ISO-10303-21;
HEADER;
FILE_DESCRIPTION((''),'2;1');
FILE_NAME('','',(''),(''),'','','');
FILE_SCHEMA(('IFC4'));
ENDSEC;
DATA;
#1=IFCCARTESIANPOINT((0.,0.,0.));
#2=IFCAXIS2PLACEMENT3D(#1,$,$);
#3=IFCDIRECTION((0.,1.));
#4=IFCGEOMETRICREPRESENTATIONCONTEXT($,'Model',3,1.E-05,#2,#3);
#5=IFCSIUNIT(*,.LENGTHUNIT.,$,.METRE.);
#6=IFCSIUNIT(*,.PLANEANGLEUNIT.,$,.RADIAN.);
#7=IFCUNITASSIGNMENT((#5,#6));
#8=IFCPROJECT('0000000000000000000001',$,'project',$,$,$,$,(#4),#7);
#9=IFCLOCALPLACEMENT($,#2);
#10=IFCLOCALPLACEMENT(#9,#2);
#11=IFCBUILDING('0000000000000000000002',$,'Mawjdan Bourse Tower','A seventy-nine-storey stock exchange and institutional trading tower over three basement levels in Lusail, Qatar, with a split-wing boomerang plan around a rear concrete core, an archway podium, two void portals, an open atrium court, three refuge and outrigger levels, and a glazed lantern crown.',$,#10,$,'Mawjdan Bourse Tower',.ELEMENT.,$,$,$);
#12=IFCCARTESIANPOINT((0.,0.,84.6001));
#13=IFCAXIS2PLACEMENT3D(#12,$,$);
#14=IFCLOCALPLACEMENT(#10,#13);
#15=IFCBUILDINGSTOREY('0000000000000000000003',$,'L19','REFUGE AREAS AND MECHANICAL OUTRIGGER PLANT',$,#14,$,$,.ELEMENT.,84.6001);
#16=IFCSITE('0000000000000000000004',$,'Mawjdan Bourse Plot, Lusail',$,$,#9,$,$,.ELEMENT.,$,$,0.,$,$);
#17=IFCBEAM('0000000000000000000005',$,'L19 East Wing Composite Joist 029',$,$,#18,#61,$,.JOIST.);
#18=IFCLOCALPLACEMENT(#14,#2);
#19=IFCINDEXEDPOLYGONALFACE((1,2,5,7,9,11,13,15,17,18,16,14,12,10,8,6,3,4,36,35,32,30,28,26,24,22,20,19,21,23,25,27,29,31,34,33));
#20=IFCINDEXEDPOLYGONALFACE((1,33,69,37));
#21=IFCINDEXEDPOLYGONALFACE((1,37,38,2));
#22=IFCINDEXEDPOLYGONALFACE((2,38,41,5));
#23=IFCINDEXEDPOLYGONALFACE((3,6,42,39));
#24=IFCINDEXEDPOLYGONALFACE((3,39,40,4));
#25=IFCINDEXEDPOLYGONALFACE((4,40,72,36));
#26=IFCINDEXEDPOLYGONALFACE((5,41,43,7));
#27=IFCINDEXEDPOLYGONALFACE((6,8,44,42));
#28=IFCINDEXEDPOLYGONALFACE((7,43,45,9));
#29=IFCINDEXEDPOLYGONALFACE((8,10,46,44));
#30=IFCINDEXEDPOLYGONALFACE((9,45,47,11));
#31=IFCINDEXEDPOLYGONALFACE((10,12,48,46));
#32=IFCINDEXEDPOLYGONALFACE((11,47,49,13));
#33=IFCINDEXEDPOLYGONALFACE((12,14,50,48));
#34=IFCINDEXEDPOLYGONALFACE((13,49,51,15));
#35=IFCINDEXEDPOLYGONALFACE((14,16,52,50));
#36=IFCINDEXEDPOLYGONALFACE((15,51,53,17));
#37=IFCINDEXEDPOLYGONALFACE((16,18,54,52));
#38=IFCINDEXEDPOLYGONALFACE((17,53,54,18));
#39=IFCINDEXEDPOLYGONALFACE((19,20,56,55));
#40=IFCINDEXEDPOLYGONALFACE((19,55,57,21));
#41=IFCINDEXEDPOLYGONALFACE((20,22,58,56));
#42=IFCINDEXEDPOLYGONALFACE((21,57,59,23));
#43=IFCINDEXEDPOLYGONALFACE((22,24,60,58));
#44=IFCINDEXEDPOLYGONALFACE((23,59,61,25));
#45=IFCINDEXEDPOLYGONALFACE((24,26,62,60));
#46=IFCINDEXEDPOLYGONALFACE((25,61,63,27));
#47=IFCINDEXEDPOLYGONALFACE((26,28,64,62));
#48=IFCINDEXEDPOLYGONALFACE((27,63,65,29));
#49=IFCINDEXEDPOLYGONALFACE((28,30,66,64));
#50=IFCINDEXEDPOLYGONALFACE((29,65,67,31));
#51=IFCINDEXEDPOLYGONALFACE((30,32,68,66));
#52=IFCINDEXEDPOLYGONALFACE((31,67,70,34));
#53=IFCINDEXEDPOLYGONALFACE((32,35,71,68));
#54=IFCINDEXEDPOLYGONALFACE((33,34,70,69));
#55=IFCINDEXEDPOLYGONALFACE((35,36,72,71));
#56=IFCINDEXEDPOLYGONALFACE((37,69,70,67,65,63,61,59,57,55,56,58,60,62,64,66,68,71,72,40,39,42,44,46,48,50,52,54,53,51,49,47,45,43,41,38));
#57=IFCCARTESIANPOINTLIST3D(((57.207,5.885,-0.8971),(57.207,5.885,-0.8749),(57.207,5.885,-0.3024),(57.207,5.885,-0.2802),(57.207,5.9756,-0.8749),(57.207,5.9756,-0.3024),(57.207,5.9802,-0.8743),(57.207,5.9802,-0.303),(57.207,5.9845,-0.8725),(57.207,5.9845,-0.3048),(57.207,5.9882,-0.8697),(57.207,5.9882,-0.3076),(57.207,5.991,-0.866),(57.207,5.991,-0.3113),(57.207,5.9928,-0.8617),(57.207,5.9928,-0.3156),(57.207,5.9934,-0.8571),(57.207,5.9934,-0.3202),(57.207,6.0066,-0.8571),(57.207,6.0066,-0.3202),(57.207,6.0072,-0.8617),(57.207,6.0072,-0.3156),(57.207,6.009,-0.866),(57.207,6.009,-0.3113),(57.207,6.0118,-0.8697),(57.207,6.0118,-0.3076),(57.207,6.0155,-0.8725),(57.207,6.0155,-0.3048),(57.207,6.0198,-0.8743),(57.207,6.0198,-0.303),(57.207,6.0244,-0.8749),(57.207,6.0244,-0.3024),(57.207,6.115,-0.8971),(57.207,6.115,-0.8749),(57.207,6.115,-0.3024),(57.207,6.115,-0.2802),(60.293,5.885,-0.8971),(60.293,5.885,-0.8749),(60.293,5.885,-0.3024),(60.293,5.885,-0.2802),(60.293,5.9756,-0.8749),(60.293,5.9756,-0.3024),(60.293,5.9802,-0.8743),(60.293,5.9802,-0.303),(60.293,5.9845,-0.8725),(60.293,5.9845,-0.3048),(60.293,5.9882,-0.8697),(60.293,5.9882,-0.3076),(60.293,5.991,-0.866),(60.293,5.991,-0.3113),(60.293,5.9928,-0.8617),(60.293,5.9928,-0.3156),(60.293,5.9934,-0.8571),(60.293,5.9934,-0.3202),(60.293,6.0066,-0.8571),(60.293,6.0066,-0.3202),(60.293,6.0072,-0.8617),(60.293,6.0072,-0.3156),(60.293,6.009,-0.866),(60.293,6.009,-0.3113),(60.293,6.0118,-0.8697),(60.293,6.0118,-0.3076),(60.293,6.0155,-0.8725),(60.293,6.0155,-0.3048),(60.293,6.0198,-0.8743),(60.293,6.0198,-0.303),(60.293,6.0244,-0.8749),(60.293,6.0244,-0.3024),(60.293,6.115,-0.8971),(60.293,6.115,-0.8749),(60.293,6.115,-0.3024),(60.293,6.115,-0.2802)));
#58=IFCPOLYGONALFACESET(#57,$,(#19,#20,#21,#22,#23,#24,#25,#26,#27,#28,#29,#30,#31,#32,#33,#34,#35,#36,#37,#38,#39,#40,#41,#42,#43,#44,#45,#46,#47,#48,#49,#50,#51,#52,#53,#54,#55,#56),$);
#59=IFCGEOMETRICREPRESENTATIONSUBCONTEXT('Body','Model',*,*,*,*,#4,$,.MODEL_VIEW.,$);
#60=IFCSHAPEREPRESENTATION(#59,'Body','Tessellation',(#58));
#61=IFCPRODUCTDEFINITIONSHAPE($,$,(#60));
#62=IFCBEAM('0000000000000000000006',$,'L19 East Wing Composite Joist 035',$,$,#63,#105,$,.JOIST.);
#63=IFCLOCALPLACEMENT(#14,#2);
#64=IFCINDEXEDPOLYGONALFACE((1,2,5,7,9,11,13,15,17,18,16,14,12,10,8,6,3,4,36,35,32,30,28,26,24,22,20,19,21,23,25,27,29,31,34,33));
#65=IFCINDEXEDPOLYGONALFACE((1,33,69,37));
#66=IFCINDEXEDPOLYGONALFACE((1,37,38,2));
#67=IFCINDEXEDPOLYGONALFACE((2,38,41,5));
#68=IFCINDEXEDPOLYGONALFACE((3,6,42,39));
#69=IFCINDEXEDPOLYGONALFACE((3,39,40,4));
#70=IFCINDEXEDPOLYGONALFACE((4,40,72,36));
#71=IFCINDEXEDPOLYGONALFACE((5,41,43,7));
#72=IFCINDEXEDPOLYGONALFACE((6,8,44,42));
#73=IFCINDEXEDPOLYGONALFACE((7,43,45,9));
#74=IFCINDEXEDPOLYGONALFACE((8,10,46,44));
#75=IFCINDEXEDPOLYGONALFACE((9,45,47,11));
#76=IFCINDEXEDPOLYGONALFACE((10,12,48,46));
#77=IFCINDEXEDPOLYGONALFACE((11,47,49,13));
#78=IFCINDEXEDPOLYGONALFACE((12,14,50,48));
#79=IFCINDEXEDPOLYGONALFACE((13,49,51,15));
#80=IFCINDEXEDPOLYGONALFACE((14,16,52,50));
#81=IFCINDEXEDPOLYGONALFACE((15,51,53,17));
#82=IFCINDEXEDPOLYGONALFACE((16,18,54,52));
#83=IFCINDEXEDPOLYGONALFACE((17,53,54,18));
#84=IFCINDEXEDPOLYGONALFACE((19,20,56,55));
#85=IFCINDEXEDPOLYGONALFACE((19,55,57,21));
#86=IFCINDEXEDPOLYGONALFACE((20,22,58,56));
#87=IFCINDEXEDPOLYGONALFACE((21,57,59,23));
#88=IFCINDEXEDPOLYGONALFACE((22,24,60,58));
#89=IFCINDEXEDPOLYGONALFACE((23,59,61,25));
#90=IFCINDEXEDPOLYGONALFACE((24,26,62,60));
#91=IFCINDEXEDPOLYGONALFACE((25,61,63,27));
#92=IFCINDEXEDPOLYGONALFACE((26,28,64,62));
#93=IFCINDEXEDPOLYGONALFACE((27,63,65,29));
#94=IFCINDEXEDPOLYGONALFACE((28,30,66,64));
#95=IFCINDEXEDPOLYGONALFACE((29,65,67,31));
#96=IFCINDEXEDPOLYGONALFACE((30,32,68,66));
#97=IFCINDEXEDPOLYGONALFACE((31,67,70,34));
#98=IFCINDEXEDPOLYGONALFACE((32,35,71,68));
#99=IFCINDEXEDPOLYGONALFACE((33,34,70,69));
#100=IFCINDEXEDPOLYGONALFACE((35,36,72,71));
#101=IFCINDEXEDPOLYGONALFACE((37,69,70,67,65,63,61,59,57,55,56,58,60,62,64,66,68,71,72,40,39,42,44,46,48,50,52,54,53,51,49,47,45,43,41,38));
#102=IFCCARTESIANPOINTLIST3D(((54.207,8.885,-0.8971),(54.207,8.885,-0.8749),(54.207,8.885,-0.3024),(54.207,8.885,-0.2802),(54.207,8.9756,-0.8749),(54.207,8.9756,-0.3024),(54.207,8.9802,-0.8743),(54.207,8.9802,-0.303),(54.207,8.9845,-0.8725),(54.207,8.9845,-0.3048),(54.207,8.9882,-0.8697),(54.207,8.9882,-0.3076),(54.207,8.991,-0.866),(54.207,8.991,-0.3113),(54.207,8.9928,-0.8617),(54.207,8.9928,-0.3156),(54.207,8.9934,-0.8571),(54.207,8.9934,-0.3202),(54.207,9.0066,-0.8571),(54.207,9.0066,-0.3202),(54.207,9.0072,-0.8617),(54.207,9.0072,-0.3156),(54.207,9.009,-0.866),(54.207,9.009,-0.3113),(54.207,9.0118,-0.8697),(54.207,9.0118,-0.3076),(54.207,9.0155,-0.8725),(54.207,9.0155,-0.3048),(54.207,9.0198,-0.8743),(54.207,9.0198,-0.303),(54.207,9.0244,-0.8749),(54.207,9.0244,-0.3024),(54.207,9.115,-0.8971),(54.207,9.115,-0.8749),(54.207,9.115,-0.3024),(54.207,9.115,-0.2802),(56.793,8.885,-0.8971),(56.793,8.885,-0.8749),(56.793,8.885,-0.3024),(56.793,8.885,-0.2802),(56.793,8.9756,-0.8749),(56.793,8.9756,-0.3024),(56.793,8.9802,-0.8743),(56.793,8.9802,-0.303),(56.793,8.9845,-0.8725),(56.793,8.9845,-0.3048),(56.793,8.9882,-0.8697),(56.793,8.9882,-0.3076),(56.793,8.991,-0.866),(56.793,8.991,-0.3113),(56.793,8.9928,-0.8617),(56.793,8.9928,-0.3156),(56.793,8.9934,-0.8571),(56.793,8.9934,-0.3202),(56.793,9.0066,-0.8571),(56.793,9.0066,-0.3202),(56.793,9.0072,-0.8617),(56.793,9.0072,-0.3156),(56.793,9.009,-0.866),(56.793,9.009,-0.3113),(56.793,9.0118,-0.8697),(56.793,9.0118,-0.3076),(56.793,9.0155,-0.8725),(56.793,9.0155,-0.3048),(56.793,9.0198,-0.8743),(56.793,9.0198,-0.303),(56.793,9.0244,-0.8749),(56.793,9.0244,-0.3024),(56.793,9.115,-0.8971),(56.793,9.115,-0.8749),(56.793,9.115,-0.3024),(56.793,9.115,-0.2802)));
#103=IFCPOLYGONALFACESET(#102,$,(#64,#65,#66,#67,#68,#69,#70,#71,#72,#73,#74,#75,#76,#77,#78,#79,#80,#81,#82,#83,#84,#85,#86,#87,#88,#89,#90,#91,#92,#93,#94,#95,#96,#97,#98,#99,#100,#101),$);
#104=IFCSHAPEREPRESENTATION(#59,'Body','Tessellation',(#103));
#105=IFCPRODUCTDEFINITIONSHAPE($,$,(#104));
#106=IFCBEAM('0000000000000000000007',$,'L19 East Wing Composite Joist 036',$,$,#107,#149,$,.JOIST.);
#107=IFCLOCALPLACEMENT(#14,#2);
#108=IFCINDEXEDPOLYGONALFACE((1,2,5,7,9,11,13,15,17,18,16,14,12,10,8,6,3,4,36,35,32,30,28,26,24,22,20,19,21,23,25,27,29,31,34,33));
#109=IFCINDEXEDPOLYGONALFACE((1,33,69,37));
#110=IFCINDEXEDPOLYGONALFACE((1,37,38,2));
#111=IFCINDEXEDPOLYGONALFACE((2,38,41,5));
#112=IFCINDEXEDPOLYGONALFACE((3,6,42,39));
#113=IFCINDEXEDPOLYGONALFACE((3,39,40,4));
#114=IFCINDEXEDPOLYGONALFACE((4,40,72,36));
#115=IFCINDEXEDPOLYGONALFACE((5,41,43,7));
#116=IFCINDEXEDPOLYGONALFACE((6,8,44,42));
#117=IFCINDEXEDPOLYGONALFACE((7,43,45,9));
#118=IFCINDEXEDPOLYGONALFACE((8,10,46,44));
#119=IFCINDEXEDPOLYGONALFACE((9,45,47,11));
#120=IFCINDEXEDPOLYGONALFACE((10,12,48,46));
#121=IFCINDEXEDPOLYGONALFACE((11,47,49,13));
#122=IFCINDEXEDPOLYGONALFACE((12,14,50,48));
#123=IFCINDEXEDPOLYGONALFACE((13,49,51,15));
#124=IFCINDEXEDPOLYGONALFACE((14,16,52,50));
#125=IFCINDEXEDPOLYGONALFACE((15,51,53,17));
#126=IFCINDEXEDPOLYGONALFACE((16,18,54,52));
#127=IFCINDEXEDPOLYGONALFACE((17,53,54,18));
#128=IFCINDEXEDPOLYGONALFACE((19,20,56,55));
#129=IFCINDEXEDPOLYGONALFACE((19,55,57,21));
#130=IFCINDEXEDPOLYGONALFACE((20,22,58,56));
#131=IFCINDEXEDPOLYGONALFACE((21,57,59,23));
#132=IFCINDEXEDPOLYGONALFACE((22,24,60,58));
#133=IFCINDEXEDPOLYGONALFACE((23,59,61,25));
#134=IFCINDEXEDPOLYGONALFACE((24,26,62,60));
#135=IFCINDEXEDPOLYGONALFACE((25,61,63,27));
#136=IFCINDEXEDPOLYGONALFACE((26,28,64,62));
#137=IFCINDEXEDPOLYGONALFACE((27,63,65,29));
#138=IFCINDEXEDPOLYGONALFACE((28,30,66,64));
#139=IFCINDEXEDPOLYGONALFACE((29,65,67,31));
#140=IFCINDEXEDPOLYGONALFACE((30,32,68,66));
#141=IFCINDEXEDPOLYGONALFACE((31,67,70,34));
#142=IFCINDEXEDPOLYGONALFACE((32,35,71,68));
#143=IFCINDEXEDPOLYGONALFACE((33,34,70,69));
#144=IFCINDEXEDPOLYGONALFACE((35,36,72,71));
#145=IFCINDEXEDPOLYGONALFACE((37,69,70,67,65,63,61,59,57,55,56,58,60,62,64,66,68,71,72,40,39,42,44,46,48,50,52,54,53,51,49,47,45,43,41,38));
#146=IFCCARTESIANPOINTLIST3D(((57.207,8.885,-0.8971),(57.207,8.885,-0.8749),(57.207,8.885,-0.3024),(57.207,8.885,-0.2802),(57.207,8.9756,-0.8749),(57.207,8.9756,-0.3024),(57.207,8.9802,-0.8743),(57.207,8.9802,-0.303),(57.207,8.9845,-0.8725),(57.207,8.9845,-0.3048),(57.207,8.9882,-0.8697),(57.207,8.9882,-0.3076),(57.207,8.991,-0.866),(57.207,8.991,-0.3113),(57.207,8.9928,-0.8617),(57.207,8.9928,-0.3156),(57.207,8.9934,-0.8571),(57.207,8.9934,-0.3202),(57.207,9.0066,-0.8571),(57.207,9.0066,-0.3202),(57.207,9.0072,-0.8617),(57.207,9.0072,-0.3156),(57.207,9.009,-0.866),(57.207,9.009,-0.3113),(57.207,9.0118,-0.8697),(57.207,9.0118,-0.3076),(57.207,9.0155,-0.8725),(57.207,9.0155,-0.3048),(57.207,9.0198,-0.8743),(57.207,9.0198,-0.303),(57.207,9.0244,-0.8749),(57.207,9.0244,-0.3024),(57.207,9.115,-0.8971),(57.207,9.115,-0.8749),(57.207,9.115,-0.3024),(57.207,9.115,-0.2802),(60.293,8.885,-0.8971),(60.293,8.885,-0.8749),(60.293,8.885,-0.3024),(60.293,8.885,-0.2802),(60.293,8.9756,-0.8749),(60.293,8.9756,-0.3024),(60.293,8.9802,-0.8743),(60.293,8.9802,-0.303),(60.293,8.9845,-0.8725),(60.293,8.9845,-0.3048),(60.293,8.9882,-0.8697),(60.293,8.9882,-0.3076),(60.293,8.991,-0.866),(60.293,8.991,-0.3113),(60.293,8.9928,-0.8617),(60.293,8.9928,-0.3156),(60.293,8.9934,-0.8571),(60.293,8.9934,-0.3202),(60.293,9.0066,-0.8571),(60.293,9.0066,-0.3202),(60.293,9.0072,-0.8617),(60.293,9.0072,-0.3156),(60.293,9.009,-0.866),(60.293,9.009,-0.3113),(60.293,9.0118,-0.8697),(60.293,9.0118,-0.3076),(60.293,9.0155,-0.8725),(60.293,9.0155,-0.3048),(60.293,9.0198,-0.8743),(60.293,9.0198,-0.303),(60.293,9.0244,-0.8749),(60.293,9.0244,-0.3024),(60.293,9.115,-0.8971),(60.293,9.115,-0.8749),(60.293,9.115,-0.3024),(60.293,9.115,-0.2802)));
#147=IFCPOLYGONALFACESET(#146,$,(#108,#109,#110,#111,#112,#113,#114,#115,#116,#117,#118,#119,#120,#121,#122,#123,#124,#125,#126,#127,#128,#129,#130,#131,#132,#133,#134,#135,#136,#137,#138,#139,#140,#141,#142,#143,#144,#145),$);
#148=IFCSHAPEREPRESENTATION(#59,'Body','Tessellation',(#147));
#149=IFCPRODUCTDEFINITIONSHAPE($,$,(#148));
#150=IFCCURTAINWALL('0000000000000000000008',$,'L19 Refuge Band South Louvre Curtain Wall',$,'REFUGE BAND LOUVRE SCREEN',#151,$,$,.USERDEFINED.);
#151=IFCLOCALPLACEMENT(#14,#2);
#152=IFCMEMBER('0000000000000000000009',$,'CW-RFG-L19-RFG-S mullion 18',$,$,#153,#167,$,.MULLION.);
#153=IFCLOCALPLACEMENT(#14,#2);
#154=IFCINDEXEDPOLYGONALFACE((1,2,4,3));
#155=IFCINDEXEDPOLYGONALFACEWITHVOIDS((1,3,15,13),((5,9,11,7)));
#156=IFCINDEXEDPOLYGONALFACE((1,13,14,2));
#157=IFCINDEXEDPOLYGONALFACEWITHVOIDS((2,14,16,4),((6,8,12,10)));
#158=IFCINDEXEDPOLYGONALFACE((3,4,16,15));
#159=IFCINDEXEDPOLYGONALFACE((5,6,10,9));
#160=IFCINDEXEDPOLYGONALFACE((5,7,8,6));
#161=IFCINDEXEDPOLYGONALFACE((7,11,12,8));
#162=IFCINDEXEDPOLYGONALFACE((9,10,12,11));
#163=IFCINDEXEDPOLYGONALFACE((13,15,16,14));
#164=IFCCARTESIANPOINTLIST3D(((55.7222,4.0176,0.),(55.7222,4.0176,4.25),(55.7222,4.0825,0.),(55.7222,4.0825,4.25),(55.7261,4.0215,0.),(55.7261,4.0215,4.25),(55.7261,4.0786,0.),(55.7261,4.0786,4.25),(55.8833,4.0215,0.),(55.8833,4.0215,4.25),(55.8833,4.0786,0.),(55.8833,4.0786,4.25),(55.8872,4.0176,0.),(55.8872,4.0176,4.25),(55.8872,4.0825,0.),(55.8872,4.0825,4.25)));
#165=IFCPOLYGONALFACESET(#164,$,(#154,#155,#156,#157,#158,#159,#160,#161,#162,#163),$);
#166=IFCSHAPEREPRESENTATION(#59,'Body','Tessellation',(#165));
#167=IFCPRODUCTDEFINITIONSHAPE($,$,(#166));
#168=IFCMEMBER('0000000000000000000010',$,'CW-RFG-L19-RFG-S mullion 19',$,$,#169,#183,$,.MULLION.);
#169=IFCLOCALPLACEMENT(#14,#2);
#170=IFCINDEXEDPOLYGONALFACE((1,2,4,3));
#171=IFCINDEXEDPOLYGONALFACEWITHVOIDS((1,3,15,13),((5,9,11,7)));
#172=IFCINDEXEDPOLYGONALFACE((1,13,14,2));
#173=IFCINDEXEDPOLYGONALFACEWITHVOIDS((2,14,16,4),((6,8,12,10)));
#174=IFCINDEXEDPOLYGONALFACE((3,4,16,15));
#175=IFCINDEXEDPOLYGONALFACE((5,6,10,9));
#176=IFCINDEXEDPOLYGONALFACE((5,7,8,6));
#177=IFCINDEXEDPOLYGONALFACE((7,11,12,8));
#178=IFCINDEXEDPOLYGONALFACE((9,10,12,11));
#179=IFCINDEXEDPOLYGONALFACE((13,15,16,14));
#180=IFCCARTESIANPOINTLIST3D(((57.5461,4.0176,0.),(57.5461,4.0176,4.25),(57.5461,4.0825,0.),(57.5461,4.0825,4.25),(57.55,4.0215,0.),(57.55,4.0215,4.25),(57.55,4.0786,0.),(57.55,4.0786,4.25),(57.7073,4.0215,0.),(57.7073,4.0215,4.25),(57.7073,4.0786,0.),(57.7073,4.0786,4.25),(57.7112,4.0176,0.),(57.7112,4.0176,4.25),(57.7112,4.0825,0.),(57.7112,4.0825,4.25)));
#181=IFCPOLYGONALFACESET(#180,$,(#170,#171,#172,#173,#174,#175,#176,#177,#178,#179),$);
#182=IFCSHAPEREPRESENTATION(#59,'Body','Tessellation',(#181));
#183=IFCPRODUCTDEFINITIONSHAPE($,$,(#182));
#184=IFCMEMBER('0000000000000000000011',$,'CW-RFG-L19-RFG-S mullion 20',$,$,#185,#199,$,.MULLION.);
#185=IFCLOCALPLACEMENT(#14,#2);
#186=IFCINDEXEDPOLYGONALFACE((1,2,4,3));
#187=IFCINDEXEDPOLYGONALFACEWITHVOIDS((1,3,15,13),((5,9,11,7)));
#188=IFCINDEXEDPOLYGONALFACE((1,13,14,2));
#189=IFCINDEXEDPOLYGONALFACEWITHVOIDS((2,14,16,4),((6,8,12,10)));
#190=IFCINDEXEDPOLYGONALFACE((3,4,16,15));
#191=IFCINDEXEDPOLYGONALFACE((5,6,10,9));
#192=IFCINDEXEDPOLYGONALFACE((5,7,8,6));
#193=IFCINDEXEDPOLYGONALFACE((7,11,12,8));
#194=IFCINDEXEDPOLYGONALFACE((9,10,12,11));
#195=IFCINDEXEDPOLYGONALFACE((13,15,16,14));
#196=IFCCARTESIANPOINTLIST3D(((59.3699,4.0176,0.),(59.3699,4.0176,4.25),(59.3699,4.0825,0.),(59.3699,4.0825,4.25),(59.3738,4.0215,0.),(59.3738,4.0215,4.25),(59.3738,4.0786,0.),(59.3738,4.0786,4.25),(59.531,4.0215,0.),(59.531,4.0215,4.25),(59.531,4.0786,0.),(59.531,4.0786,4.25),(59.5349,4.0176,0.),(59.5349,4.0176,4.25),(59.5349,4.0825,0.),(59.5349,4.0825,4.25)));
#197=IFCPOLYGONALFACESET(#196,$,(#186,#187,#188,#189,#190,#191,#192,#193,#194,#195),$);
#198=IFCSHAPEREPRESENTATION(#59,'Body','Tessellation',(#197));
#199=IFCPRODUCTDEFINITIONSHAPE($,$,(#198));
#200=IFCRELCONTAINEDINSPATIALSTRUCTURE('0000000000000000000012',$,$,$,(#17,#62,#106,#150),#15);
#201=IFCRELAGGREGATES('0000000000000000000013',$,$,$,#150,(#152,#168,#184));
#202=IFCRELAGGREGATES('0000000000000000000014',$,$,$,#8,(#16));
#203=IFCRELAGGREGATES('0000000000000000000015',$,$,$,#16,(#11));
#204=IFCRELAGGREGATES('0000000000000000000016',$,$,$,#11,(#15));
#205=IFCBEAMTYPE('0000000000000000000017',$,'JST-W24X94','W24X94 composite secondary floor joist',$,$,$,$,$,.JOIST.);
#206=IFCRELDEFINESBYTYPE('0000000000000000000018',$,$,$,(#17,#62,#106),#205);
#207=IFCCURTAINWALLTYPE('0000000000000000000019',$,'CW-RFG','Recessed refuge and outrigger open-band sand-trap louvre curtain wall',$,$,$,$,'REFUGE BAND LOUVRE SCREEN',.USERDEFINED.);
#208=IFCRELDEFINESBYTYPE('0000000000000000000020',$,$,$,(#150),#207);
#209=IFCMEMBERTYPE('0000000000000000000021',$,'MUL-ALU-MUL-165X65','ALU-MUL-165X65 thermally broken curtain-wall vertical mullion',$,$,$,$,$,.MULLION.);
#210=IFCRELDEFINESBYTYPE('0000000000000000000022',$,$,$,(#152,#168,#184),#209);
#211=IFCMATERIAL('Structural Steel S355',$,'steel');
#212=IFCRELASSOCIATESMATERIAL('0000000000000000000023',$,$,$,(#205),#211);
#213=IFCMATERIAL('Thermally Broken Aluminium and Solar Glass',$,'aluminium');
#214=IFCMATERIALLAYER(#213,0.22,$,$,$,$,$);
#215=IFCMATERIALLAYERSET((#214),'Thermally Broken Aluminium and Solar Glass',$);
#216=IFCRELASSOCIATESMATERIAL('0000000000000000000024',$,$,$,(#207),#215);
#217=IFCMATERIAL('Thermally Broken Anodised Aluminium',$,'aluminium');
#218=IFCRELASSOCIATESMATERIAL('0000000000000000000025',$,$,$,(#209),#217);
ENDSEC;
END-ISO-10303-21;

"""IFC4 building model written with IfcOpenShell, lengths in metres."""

from ifc_helpers import new_model, si_unit, direction, frame, origin, origin_2d, place, context, subcontext, project, spatial, hollow_rectangle, i_section, extrude, material, layer, layer_set, material_profile, profile_set, type_object, element, aggregate, save


model = new_model("IFC4")

# Units and contexts
model_context = context("Model", 3, precision=1e-05, world=origin(), true_north=direction((0.0, 1.0)))
body_context = subcontext(model_context, "Body", "Model", "MODEL_VIEW")
ifc_project = project(units=[si_unit("LENGTHUNIT", "METRE"), si_unit("PLANEANGLEUNIT", "RADIAN")], contexts=[model_context])

# Site, building, storey
site_placement = place(None, origin())
site = spatial("IfcSite", under=ifc_project, at=site_placement, Name="Mawjdan Bourse Plot, Lusail", CompositionType="ELEMENT", RefElevation=0.0)
building_placement = place(site_placement, origin())
building = spatial("IfcBuilding", under=site, at=building_placement, Name="Mawjdan Bourse Tower", Description="A seventy-nine-storey stock exchange and institutional trading tower over three basement levels in Lusail, Qatar, with a split-wing boomerang plan around a rear concrete core, an archway podium, two void portals, an open atrium court, three refuge and outrigger levels, and a glazed lantern crown.", LongName="Mawjdan Bourse Tower", CompositionType="ELEMENT")
storey_placement = place(building_placement, frame((0.0, 0.0, 84.6001)))
storey = spatial("IfcBuildingStorey", under=building, at=storey_placement, Name="L19", Description="REFUGE AREAS AND MECHANICAL OUTRIGGER PLANT", CompositionType="ELEMENT", Elevation=84.6001)

# Beams
ifc_material_1 = material(Name="Structural Steel S355", Category="steel")
ifc_material_profile_1 = material_profile(ifc_material_1, i_section(OverallWidth=0.23, OverallDepth=0.6169, WebThickness=0.0132, FlangeThickness=0.0222, FilletRadius=0.0178, at=origin_2d()), Name="W24X94")
ifc_profile_set_1 = profile_set([ifc_material_profile_1], Name="Structural Steel S355")
beam_type_1 = type_object("IfcBeamType", Name="JST-W24X94", Description="W24X94 composite secondary floor joist", PredefinedType="JOIST", material=ifc_profile_set_1)
beam_1_placement = place(storey_placement, frame((57.207, 6.0, -0.5886), z_axis=(1.0, 0.0, 0.0), x_axis=(0.0, 1.0, 0.0)))
element("IfcBeam", 1, at=beam_1_placement, inside=storey, type_object=beam_type_1, Name="L19 East Wing Composite Joist 029", PredefinedType="JOIST", context=body_context, shape_type="SweptSolid", body=[
    extrude(i_section(OverallWidth=0.23, OverallDepth=0.6169, WebThickness=0.0132, FlangeThickness=0.0222, FilletRadius=0.0178, at=origin_2d()), origin(), (0.0, 0.0, 1.0), 3.0859),
])
beam_2_placement = place(storey_placement, frame((54.207, 9.0, -0.5886), z_axis=(1.0, 0.0, 0.0), x_axis=(0.0, 1.0, 0.0)))
element("IfcBeam", 2, at=beam_2_placement, inside=storey, type_object=beam_type_1, Name="L19 East Wing Composite Joist 035", PredefinedType="JOIST", context=body_context, shape_type="SweptSolid", body=[
    extrude(i_section(OverallWidth=0.23, OverallDepth=0.6169, WebThickness=0.0132, FlangeThickness=0.0222, FilletRadius=0.0178, at=origin_2d()), origin(), (0.0, 0.0, 1.0), 2.5859),
])
beam_3_placement = place(storey_placement, frame((57.207, 9.0, -0.5886), z_axis=(1.0, 0.0, 0.0), x_axis=(0.0, 1.0, 0.0)))
element("IfcBeam", 3, at=beam_3_placement, inside=storey, type_object=beam_type_1, Name="L19 East Wing Composite Joist 036", PredefinedType="JOIST", context=body_context, shape_type="SweptSolid", body=[
    extrude(i_section(OverallWidth=0.23, OverallDepth=0.6169, WebThickness=0.0132, FlangeThickness=0.0222, FilletRadius=0.0178, at=origin_2d()), origin(), (0.0, 0.0, 1.0), 3.0859),
])

# Curtain wall, members
ifc_material_2 = material(Name="Thermally Broken Aluminium and Solar Glass", Category="aluminium")
ifc_layer_1 = layer(ifc_material_2, 0.22)
ifc_layer_set_1 = layer_set([ifc_layer_1], Name="Thermally Broken Aluminium and Solar Glass")
curtain_wall_type = type_object("IfcCurtainWallType", Name="CW-RFG", Description="Recessed refuge and outrigger open-band sand-trap louvre curtain wall", ElementType="REFUGE BAND LOUVRE SCREEN", PredefinedType="USERDEFINED", material=ifc_layer_set_1)
curtain_wall_placement = place(storey_placement, origin())
curtain_wall = element("IfcCurtainWall", 4, at=curtain_wall_placement, inside=storey, type_object=curtain_wall_type, Name="L19 Refuge Band South Louvre Curtain Wall", ObjectType="REFUGE BAND LOUVRE SCREEN", PredefinedType="USERDEFINED")
ifc_material_3 = material(Name="Thermally Broken Anodised Aluminium", Category="aluminium")
ifc_material_profile_2 = material_profile(ifc_material_3, hollow_rectangle(XDim=0.0649, YDim=0.165, WallThickness=0.0039, at=origin_2d()), Name="ALU-MUL-165X65")
ifc_profile_set_2 = profile_set([ifc_material_profile_2], Name="Thermally Broken Anodised Aluminium")
member_type_1 = type_object("IfcMemberType", Name="MUL-ALU-MUL-165X65", Description="ALU-MUL-165X65 thermally broken curtain-wall vertical mullion", PredefinedType="MULLION", material=ifc_profile_set_2)
member_1_placement = place(storey_placement, frame((55.8047, 4.05, 0.0), z_axis=(0.0, 0.0, 1.0), x_axis=(0.0, 1.0, 0.0)))
member_1 = element("IfcMember", 5, at=member_1_placement, type_object=member_type_1, Name="CW-RFG-L19-RFG-S mullion 18", PredefinedType="MULLION", context=body_context, shape_type="SweptSolid", body=[
    extrude(hollow_rectangle(XDim=0.0649, YDim=0.165, WallThickness=0.0039, at=origin_2d()), origin(), (0.0, 0.0, 1.0), 4.25),
])
member_2_placement = place(storey_placement, frame((57.6287, 4.05, 0.0), z_axis=(0.0, 0.0, 1.0), x_axis=(0.0, 1.0, 0.0)))
member_2 = element("IfcMember", 6, at=member_2_placement, type_object=member_type_1, Name="CW-RFG-L19-RFG-S mullion 19", PredefinedType="MULLION", context=body_context, shape_type="SweptSolid", body=[
    extrude(hollow_rectangle(XDim=0.0649, YDim=0.165, WallThickness=0.0039, at=origin_2d()), origin(), (0.0, 0.0, 1.0), 4.25),
])
member_3_placement = place(storey_placement, frame((59.4524, 4.05, 0.0), z_axis=(0.0, 0.0, 1.0), x_axis=(0.0, 1.0, 0.0)))
member_3 = element("IfcMember", 7, at=member_3_placement, type_object=member_type_1, Name="CW-RFG-L19-RFG-S mullion 20", PredefinedType="MULLION", context=body_context, shape_type="SweptSolid", body=[
    extrude(hollow_rectangle(XDim=0.0649, YDim=0.165, WallThickness=0.0039, at=origin_2d()), origin(), (0.0, 0.0, 1.0), 4.25),
])

aggregate(curtain_wall, [member_1, member_2, member_3])

save(model, "model.ifc")
